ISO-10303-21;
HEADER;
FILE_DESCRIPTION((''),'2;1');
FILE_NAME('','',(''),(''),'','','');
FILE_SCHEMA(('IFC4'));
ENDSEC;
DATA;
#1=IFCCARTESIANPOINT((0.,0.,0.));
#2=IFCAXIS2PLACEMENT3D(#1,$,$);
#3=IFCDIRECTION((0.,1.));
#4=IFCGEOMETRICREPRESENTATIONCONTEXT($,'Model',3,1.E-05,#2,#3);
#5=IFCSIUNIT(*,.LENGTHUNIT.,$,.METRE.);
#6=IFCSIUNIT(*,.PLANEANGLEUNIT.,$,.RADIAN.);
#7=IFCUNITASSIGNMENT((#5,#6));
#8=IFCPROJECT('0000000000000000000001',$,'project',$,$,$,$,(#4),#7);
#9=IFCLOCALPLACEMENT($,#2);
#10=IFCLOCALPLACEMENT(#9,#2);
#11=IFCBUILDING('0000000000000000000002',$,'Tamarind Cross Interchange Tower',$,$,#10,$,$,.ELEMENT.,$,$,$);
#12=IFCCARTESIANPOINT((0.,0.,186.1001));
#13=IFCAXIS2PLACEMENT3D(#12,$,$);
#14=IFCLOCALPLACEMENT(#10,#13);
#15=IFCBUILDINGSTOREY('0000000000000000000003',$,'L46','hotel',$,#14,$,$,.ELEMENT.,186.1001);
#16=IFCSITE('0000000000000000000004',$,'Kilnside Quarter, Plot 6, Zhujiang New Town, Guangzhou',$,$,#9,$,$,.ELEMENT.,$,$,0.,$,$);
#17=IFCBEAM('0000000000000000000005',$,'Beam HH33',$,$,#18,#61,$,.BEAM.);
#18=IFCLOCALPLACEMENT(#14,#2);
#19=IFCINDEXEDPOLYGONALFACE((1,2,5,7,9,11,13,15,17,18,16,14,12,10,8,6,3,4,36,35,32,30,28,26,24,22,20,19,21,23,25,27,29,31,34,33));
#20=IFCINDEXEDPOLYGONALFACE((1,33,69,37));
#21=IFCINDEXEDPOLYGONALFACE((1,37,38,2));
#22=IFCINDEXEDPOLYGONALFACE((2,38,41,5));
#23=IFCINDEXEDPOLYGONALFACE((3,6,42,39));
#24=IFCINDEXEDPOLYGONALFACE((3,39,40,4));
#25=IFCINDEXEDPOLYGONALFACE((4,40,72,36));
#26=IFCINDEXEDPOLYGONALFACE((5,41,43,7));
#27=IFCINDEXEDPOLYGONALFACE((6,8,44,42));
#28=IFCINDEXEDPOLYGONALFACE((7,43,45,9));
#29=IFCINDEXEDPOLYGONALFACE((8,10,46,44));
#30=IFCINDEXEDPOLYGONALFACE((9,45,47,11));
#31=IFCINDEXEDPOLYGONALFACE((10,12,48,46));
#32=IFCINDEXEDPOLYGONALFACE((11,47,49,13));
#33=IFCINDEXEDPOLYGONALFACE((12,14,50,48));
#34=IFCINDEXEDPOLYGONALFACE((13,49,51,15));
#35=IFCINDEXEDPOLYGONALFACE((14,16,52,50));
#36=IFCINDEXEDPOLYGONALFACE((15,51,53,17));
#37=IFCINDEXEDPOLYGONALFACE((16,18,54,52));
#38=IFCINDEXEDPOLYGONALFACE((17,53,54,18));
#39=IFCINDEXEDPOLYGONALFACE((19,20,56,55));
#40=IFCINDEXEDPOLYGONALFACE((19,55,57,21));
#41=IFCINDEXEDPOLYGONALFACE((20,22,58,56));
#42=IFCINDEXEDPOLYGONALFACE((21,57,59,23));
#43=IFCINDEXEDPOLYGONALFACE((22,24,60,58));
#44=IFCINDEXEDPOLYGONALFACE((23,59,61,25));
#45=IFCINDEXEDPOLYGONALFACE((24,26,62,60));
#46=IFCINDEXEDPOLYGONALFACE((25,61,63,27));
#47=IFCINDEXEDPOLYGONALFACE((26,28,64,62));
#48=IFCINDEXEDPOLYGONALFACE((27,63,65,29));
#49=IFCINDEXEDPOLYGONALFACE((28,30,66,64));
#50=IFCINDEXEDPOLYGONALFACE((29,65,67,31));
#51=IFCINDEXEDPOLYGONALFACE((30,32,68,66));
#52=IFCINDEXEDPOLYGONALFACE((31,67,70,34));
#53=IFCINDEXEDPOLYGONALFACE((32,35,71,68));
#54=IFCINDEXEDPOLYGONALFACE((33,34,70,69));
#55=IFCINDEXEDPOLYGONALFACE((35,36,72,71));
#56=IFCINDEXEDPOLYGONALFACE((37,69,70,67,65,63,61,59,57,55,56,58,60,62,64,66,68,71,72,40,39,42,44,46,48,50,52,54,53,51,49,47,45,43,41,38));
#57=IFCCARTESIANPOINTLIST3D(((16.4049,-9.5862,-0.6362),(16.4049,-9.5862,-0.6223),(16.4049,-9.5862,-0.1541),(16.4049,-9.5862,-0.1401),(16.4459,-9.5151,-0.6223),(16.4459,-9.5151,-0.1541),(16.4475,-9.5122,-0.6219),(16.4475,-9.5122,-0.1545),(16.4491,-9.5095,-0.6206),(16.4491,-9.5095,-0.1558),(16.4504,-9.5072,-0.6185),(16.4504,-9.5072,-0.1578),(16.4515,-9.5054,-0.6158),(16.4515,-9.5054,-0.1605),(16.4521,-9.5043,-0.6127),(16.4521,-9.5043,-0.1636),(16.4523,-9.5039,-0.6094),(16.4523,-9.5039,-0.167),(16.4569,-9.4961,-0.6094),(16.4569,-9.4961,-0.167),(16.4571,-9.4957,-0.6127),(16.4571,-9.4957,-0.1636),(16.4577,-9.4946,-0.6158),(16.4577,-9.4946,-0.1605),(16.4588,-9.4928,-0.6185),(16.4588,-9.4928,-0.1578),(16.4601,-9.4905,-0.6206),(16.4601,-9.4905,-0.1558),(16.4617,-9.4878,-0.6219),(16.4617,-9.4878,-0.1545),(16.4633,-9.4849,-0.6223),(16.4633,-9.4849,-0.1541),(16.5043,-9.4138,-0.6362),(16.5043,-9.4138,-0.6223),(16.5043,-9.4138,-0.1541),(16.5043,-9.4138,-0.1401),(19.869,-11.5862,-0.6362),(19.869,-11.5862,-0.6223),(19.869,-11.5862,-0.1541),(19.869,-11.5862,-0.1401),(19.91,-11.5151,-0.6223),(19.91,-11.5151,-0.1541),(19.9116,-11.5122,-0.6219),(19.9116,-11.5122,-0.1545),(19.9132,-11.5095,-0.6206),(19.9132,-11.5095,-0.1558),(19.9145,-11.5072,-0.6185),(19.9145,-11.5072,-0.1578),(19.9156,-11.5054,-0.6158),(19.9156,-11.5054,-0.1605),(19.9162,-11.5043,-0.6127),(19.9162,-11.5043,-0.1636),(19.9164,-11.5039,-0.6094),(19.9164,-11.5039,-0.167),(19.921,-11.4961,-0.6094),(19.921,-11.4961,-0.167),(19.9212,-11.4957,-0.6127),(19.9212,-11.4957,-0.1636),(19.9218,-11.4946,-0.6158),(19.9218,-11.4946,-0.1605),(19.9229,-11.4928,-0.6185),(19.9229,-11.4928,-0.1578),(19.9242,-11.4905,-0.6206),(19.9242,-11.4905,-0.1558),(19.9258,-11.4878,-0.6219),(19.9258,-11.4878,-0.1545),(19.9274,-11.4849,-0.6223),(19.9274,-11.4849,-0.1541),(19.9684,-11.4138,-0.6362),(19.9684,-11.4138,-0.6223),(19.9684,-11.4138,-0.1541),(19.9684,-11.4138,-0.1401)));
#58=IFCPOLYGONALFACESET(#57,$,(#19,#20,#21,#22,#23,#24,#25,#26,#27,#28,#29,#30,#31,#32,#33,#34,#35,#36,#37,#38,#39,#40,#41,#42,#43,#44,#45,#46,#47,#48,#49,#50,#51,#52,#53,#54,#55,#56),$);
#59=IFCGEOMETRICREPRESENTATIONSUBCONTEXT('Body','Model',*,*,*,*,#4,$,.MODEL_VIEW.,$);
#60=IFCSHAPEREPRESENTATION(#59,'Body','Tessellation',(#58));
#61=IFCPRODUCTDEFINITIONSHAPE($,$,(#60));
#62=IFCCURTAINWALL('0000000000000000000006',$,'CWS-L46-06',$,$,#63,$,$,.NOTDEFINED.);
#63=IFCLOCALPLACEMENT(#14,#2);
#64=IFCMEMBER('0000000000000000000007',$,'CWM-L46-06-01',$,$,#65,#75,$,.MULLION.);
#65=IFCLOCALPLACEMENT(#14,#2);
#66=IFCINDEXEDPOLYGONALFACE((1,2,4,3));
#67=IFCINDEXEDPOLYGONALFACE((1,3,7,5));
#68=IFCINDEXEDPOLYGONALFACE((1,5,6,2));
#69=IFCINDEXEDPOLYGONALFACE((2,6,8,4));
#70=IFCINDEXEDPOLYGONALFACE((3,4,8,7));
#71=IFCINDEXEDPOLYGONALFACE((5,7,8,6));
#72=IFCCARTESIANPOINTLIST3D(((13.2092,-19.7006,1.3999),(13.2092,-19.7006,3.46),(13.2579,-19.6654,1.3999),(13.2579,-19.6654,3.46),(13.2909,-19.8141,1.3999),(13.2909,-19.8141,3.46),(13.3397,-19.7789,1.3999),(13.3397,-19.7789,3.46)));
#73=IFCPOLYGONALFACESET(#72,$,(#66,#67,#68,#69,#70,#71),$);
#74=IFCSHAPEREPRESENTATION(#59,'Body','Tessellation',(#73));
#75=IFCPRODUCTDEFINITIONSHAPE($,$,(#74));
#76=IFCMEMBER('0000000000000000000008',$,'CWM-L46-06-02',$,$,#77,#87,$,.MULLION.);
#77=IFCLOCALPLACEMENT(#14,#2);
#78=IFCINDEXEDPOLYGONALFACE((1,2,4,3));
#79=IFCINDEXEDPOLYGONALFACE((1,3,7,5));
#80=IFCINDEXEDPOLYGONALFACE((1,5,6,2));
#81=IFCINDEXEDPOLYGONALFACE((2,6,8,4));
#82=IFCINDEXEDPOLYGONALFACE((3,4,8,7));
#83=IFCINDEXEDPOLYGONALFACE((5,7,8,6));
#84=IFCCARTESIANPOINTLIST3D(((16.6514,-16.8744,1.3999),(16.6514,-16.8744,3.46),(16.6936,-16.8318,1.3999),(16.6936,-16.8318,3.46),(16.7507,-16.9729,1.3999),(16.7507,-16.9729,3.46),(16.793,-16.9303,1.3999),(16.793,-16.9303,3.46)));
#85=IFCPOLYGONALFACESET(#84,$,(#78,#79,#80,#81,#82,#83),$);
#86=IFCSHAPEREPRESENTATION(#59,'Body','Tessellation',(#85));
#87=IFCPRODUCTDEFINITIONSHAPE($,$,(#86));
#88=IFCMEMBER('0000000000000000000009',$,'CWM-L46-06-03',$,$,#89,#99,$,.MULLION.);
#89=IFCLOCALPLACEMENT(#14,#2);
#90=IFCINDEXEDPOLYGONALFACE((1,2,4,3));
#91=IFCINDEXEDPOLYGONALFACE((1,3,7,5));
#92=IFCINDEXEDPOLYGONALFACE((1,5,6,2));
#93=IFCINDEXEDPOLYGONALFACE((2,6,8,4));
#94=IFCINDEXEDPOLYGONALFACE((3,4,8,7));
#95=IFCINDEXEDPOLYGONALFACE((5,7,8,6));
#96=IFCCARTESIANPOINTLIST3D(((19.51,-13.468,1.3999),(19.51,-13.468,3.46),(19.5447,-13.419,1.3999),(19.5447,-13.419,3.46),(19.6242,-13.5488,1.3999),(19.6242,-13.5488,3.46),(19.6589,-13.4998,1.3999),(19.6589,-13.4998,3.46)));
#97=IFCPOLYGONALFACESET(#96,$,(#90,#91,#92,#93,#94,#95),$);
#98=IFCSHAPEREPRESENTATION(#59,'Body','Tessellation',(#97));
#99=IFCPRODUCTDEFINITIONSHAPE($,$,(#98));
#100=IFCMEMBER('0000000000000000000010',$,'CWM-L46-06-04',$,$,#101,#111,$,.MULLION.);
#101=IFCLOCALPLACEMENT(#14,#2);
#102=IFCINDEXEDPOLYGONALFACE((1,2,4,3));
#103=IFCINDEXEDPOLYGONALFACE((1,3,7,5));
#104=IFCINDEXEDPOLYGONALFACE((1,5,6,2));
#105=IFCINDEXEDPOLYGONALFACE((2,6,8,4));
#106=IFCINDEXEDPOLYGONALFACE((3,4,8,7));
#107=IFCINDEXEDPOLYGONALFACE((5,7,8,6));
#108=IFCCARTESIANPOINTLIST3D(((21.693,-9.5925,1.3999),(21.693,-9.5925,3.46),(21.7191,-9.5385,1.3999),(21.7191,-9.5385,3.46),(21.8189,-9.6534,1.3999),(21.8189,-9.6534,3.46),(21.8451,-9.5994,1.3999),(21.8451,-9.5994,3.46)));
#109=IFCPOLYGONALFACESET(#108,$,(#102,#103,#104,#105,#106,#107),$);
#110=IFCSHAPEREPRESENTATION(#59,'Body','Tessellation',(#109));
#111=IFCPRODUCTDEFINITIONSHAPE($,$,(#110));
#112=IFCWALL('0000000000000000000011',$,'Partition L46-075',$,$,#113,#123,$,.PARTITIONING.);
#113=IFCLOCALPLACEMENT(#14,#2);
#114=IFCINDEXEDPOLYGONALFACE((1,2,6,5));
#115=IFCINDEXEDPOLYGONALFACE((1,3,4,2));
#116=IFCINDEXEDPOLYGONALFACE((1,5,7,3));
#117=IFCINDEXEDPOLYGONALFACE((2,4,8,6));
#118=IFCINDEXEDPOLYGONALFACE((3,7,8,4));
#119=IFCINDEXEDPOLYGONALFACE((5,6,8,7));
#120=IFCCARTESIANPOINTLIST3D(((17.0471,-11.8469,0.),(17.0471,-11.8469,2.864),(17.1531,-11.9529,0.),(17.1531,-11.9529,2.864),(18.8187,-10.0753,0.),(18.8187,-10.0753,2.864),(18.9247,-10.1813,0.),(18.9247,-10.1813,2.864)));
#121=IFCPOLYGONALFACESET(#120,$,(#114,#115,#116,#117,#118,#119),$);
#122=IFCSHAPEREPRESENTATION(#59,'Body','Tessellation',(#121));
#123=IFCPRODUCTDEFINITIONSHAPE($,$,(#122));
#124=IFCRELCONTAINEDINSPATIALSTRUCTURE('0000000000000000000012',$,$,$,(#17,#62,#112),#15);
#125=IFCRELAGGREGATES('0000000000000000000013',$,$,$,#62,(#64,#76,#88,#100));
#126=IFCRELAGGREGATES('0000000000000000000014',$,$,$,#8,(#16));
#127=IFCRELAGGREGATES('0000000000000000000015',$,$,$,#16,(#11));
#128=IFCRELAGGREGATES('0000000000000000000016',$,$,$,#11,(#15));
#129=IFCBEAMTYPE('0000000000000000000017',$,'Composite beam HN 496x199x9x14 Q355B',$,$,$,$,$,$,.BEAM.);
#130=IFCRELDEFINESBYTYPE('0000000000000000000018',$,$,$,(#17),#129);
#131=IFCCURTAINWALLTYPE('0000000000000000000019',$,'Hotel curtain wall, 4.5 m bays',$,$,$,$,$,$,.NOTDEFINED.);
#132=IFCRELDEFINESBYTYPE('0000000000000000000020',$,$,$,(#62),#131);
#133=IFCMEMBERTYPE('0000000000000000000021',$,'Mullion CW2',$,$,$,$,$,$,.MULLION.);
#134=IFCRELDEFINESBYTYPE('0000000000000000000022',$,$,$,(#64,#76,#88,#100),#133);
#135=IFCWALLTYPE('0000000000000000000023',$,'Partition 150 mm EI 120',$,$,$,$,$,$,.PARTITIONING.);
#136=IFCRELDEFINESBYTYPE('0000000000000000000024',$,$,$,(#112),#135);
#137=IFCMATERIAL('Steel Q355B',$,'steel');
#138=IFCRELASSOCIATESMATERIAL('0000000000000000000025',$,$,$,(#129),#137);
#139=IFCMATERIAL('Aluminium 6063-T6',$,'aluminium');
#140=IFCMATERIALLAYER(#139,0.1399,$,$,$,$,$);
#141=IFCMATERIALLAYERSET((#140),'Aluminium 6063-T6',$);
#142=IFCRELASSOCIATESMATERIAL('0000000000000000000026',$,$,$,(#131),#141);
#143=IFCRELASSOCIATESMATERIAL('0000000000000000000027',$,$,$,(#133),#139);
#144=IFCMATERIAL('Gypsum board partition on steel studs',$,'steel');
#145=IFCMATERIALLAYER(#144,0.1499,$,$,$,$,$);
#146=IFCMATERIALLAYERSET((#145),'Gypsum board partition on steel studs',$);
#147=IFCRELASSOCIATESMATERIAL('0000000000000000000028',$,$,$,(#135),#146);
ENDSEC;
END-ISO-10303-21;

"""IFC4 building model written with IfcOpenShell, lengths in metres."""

from ifc_helpers import new_model, si_unit, direction, frame, frame_2d, origin, origin_2d, place, context, subcontext, project, spatial, rectangle, i_section, extrude, material, layer, layer_set, material_profile, profile_set, type_object, element, aggregate, save


model = new_model("IFC4")

# Units and contexts
model_context = context("Model", 3, precision=1e-05, world=origin(), true_north=direction((0.0, 1.0)))
body_context = subcontext(model_context, "Body", "Model", "MODEL_VIEW")
ifc_project = project(units=[si_unit("LENGTHUNIT", "METRE"), si_unit("PLANEANGLEUNIT", "RADIAN")], contexts=[model_context])

# Site, building, storey
site_placement = place(None, origin())
site = spatial("IfcSite", under=ifc_project, at=site_placement, Name="Kilnside Quarter, Plot 6, Zhujiang New Town, Guangzhou", CompositionType="ELEMENT", RefElevation=0.0)
building_placement = place(site_placement, origin())
building = spatial("IfcBuilding", under=site, at=building_placement, Name="Tamarind Cross Interchange Tower", CompositionType="ELEMENT")
storey_placement = place(building_placement, frame((0.0, 0.0, 186.1001)))
storey = spatial("IfcBuildingStorey", under=building, at=storey_placement, Name="L46", Description="hotel", CompositionType="ELEMENT", Elevation=186.1001)

# Beam
ifc_material_1 = material(Name="Steel Q355B", Category="steel")
ifc_material_profile_1 = material_profile(ifc_material_1, i_section(OverallWidth=0.199, OverallDepth=0.4961, WebThickness=0.009, FlangeThickness=0.0139, FilletRadius=0.0129, at=origin_2d()), Name="HN 496x199x9x14")
ifc_profile_set_1 = profile_set([ifc_material_profile_1], Name="Steel Q355B")
beam_type = type_object("IfcBeamType", Name="Composite beam HN 496x199x9x14 Q355B", PredefinedType="BEAM", material=ifc_profile_set_1)
beam_1_placement = place(storey_placement, frame((19.9187, -11.5, -0.3882), z_axis=(-0.866026, 0.499999, 0.0), x_axis=(-0.499999, -0.866026, 0.0)))
element("IfcBeam", 1, at=beam_1_placement, inside=storey, type_object=beam_type, Name="Beam HH33", PredefinedType="BEAM", context=body_context, shape_type="SweptSolid", body=[
    extrude(i_section(OverallWidth=0.199, OverallDepth=0.4961, WebThickness=0.009, FlangeThickness=0.0139, FilletRadius=0.0129, at=origin_2d()), origin(), (0.0, 0.0, 1.0), 4.0),
])

# Curtain wall, members
ifc_material_2 = material(Name="Aluminium 6063-T6", Category="aluminium")
ifc_layer_1 = layer(ifc_material_2, 0.1399)
ifc_layer_set_1 = layer_set([ifc_layer_1], Name="Aluminium 6063-T6")
curtain_wall_type = type_object("IfcCurtainWallType", Name="Hotel curtain wall, 4.5 m bays", PredefinedType="NOTDEFINED", material=ifc_layer_set_1)
curtain_wall_placement = place(storey_placement, origin())
curtain_wall = element("IfcCurtainWall", 2, at=curtain_wall_placement, inside=storey, type_object=curtain_wall_type, Name="CWS-L46-06", PredefinedType="NOTDEFINED")
ifc_material_profile_2 = material_profile(ifc_material_2, rectangle(XDim=0.0601, YDim=0.1399, at=origin_2d()), Name="Mullion CW2")
ifc_profile_set_2 = profile_set([ifc_material_profile_2], Name="Aluminium 6063-T6")
member_type = type_object("IfcMemberType", Name="Mullion CW2", PredefinedType="MULLION", material=ifc_profile_set_2)
member_1_placement = place(storey_placement, frame((13.2744, -19.7397, 1.3999), z_axis=(0.0, 0.0, 1.0), x_axis=(0.81134, 0.584574, 0.0)))
member_1 = element("IfcMember", 3, at=member_1_placement, type_object=member_type, Name="CWM-L46-06-01", PredefinedType="MULLION", context=body_context, shape_type="SweptSolid", body=[
    extrude(rectangle(XDim=0.0601, YDim=0.1399, at=origin_2d()), origin(), (0.0, 0.0, 1.0), 2.0601),
])
member_2_placement = place(storey_placement, frame((16.7222, -16.9023, 1.3999), z_axis=(0.0, 0.0, 1.0), x_axis=(0.704057, 0.710143, 0.0)))
member_2 = element("IfcMember", 4, at=member_2_placement, type_object=member_type, Name="CWM-L46-06-02", PredefinedType="MULLION", context=body_context, shape_type="SweptSolid", body=[
    extrude(rectangle(XDim=0.0601, YDim=0.1399, at=origin_2d()), origin(), (0.0, 0.0, 1.0), 2.0601),
])
member_3_placement = place(storey_placement, frame((19.5845, -13.4839, 1.3999), z_axis=(0.0, 0.0, 1.0), x_axis=(0.577569, 0.816342, 0.0)))
member_3 = element("IfcMember", 5, at=member_3_placement, type_object=member_type, Name="CWM-L46-06-03", PredefinedType="MULLION", context=body_context, shape_type="SweptSolid", body=[
    extrude(rectangle(XDim=0.0601, YDim=0.1399, at=origin_2d()), origin(), (0.0, 0.0, 1.0), 2.0601),
])
member_4_placement = place(storey_placement, frame((21.769, -9.5959, 1.3999), z_axis=(0.0, 0.0, 1.0), x_axis=(0.435326, 0.900273, 0.0)))
member_4 = element("IfcMember", 6, at=member_4_placement, type_object=member_type, Name="CWM-L46-06-04", PredefinedType="MULLION", context=body_context, shape_type="SweptSolid", body=[
    extrude(rectangle(XDim=0.0601, YDim=0.1399, at=origin_2d()), origin(), (0.0, 0.0, 1.0), 2.0601),
])
aggregate(curtain_wall, [member_1, member_2, member_3, member_4])

# Wall
ifc_material_3 = material(Name="Gypsum board partition on steel studs", Category="steel")
ifc_layer_2 = layer(ifc_material_3, 0.1499)
ifc_layer_set_2 = layer_set([ifc_layer_2], Name="Gypsum board partition on steel studs")
wall_type = type_object("IfcWallType", Name="Partition 150 mm EI 120", PredefinedType="PARTITIONING", material=ifc_layer_set_2)
wall_1_placement = place(storey_placement, frame((17.1001, -11.8999, 0.0), z_axis=(0.0, 0.0, 1.0), x_axis=(0.707107, 0.707107, 0.0)))
element("IfcWall", 7, at=wall_1_placement, inside=storey, type_object=wall_type, Name="Partition L46-075", PredefinedType="PARTITIONING", context=body_context, shape_type="SweptSolid", body=[
    extrude(rectangle(XDim=2.5054, YDim=0.1499, at=frame_2d((1.2527, 0.0))), origin(), (0.0, 0.0, 1.0), 2.864),
])

save(model, "model.ifc")
